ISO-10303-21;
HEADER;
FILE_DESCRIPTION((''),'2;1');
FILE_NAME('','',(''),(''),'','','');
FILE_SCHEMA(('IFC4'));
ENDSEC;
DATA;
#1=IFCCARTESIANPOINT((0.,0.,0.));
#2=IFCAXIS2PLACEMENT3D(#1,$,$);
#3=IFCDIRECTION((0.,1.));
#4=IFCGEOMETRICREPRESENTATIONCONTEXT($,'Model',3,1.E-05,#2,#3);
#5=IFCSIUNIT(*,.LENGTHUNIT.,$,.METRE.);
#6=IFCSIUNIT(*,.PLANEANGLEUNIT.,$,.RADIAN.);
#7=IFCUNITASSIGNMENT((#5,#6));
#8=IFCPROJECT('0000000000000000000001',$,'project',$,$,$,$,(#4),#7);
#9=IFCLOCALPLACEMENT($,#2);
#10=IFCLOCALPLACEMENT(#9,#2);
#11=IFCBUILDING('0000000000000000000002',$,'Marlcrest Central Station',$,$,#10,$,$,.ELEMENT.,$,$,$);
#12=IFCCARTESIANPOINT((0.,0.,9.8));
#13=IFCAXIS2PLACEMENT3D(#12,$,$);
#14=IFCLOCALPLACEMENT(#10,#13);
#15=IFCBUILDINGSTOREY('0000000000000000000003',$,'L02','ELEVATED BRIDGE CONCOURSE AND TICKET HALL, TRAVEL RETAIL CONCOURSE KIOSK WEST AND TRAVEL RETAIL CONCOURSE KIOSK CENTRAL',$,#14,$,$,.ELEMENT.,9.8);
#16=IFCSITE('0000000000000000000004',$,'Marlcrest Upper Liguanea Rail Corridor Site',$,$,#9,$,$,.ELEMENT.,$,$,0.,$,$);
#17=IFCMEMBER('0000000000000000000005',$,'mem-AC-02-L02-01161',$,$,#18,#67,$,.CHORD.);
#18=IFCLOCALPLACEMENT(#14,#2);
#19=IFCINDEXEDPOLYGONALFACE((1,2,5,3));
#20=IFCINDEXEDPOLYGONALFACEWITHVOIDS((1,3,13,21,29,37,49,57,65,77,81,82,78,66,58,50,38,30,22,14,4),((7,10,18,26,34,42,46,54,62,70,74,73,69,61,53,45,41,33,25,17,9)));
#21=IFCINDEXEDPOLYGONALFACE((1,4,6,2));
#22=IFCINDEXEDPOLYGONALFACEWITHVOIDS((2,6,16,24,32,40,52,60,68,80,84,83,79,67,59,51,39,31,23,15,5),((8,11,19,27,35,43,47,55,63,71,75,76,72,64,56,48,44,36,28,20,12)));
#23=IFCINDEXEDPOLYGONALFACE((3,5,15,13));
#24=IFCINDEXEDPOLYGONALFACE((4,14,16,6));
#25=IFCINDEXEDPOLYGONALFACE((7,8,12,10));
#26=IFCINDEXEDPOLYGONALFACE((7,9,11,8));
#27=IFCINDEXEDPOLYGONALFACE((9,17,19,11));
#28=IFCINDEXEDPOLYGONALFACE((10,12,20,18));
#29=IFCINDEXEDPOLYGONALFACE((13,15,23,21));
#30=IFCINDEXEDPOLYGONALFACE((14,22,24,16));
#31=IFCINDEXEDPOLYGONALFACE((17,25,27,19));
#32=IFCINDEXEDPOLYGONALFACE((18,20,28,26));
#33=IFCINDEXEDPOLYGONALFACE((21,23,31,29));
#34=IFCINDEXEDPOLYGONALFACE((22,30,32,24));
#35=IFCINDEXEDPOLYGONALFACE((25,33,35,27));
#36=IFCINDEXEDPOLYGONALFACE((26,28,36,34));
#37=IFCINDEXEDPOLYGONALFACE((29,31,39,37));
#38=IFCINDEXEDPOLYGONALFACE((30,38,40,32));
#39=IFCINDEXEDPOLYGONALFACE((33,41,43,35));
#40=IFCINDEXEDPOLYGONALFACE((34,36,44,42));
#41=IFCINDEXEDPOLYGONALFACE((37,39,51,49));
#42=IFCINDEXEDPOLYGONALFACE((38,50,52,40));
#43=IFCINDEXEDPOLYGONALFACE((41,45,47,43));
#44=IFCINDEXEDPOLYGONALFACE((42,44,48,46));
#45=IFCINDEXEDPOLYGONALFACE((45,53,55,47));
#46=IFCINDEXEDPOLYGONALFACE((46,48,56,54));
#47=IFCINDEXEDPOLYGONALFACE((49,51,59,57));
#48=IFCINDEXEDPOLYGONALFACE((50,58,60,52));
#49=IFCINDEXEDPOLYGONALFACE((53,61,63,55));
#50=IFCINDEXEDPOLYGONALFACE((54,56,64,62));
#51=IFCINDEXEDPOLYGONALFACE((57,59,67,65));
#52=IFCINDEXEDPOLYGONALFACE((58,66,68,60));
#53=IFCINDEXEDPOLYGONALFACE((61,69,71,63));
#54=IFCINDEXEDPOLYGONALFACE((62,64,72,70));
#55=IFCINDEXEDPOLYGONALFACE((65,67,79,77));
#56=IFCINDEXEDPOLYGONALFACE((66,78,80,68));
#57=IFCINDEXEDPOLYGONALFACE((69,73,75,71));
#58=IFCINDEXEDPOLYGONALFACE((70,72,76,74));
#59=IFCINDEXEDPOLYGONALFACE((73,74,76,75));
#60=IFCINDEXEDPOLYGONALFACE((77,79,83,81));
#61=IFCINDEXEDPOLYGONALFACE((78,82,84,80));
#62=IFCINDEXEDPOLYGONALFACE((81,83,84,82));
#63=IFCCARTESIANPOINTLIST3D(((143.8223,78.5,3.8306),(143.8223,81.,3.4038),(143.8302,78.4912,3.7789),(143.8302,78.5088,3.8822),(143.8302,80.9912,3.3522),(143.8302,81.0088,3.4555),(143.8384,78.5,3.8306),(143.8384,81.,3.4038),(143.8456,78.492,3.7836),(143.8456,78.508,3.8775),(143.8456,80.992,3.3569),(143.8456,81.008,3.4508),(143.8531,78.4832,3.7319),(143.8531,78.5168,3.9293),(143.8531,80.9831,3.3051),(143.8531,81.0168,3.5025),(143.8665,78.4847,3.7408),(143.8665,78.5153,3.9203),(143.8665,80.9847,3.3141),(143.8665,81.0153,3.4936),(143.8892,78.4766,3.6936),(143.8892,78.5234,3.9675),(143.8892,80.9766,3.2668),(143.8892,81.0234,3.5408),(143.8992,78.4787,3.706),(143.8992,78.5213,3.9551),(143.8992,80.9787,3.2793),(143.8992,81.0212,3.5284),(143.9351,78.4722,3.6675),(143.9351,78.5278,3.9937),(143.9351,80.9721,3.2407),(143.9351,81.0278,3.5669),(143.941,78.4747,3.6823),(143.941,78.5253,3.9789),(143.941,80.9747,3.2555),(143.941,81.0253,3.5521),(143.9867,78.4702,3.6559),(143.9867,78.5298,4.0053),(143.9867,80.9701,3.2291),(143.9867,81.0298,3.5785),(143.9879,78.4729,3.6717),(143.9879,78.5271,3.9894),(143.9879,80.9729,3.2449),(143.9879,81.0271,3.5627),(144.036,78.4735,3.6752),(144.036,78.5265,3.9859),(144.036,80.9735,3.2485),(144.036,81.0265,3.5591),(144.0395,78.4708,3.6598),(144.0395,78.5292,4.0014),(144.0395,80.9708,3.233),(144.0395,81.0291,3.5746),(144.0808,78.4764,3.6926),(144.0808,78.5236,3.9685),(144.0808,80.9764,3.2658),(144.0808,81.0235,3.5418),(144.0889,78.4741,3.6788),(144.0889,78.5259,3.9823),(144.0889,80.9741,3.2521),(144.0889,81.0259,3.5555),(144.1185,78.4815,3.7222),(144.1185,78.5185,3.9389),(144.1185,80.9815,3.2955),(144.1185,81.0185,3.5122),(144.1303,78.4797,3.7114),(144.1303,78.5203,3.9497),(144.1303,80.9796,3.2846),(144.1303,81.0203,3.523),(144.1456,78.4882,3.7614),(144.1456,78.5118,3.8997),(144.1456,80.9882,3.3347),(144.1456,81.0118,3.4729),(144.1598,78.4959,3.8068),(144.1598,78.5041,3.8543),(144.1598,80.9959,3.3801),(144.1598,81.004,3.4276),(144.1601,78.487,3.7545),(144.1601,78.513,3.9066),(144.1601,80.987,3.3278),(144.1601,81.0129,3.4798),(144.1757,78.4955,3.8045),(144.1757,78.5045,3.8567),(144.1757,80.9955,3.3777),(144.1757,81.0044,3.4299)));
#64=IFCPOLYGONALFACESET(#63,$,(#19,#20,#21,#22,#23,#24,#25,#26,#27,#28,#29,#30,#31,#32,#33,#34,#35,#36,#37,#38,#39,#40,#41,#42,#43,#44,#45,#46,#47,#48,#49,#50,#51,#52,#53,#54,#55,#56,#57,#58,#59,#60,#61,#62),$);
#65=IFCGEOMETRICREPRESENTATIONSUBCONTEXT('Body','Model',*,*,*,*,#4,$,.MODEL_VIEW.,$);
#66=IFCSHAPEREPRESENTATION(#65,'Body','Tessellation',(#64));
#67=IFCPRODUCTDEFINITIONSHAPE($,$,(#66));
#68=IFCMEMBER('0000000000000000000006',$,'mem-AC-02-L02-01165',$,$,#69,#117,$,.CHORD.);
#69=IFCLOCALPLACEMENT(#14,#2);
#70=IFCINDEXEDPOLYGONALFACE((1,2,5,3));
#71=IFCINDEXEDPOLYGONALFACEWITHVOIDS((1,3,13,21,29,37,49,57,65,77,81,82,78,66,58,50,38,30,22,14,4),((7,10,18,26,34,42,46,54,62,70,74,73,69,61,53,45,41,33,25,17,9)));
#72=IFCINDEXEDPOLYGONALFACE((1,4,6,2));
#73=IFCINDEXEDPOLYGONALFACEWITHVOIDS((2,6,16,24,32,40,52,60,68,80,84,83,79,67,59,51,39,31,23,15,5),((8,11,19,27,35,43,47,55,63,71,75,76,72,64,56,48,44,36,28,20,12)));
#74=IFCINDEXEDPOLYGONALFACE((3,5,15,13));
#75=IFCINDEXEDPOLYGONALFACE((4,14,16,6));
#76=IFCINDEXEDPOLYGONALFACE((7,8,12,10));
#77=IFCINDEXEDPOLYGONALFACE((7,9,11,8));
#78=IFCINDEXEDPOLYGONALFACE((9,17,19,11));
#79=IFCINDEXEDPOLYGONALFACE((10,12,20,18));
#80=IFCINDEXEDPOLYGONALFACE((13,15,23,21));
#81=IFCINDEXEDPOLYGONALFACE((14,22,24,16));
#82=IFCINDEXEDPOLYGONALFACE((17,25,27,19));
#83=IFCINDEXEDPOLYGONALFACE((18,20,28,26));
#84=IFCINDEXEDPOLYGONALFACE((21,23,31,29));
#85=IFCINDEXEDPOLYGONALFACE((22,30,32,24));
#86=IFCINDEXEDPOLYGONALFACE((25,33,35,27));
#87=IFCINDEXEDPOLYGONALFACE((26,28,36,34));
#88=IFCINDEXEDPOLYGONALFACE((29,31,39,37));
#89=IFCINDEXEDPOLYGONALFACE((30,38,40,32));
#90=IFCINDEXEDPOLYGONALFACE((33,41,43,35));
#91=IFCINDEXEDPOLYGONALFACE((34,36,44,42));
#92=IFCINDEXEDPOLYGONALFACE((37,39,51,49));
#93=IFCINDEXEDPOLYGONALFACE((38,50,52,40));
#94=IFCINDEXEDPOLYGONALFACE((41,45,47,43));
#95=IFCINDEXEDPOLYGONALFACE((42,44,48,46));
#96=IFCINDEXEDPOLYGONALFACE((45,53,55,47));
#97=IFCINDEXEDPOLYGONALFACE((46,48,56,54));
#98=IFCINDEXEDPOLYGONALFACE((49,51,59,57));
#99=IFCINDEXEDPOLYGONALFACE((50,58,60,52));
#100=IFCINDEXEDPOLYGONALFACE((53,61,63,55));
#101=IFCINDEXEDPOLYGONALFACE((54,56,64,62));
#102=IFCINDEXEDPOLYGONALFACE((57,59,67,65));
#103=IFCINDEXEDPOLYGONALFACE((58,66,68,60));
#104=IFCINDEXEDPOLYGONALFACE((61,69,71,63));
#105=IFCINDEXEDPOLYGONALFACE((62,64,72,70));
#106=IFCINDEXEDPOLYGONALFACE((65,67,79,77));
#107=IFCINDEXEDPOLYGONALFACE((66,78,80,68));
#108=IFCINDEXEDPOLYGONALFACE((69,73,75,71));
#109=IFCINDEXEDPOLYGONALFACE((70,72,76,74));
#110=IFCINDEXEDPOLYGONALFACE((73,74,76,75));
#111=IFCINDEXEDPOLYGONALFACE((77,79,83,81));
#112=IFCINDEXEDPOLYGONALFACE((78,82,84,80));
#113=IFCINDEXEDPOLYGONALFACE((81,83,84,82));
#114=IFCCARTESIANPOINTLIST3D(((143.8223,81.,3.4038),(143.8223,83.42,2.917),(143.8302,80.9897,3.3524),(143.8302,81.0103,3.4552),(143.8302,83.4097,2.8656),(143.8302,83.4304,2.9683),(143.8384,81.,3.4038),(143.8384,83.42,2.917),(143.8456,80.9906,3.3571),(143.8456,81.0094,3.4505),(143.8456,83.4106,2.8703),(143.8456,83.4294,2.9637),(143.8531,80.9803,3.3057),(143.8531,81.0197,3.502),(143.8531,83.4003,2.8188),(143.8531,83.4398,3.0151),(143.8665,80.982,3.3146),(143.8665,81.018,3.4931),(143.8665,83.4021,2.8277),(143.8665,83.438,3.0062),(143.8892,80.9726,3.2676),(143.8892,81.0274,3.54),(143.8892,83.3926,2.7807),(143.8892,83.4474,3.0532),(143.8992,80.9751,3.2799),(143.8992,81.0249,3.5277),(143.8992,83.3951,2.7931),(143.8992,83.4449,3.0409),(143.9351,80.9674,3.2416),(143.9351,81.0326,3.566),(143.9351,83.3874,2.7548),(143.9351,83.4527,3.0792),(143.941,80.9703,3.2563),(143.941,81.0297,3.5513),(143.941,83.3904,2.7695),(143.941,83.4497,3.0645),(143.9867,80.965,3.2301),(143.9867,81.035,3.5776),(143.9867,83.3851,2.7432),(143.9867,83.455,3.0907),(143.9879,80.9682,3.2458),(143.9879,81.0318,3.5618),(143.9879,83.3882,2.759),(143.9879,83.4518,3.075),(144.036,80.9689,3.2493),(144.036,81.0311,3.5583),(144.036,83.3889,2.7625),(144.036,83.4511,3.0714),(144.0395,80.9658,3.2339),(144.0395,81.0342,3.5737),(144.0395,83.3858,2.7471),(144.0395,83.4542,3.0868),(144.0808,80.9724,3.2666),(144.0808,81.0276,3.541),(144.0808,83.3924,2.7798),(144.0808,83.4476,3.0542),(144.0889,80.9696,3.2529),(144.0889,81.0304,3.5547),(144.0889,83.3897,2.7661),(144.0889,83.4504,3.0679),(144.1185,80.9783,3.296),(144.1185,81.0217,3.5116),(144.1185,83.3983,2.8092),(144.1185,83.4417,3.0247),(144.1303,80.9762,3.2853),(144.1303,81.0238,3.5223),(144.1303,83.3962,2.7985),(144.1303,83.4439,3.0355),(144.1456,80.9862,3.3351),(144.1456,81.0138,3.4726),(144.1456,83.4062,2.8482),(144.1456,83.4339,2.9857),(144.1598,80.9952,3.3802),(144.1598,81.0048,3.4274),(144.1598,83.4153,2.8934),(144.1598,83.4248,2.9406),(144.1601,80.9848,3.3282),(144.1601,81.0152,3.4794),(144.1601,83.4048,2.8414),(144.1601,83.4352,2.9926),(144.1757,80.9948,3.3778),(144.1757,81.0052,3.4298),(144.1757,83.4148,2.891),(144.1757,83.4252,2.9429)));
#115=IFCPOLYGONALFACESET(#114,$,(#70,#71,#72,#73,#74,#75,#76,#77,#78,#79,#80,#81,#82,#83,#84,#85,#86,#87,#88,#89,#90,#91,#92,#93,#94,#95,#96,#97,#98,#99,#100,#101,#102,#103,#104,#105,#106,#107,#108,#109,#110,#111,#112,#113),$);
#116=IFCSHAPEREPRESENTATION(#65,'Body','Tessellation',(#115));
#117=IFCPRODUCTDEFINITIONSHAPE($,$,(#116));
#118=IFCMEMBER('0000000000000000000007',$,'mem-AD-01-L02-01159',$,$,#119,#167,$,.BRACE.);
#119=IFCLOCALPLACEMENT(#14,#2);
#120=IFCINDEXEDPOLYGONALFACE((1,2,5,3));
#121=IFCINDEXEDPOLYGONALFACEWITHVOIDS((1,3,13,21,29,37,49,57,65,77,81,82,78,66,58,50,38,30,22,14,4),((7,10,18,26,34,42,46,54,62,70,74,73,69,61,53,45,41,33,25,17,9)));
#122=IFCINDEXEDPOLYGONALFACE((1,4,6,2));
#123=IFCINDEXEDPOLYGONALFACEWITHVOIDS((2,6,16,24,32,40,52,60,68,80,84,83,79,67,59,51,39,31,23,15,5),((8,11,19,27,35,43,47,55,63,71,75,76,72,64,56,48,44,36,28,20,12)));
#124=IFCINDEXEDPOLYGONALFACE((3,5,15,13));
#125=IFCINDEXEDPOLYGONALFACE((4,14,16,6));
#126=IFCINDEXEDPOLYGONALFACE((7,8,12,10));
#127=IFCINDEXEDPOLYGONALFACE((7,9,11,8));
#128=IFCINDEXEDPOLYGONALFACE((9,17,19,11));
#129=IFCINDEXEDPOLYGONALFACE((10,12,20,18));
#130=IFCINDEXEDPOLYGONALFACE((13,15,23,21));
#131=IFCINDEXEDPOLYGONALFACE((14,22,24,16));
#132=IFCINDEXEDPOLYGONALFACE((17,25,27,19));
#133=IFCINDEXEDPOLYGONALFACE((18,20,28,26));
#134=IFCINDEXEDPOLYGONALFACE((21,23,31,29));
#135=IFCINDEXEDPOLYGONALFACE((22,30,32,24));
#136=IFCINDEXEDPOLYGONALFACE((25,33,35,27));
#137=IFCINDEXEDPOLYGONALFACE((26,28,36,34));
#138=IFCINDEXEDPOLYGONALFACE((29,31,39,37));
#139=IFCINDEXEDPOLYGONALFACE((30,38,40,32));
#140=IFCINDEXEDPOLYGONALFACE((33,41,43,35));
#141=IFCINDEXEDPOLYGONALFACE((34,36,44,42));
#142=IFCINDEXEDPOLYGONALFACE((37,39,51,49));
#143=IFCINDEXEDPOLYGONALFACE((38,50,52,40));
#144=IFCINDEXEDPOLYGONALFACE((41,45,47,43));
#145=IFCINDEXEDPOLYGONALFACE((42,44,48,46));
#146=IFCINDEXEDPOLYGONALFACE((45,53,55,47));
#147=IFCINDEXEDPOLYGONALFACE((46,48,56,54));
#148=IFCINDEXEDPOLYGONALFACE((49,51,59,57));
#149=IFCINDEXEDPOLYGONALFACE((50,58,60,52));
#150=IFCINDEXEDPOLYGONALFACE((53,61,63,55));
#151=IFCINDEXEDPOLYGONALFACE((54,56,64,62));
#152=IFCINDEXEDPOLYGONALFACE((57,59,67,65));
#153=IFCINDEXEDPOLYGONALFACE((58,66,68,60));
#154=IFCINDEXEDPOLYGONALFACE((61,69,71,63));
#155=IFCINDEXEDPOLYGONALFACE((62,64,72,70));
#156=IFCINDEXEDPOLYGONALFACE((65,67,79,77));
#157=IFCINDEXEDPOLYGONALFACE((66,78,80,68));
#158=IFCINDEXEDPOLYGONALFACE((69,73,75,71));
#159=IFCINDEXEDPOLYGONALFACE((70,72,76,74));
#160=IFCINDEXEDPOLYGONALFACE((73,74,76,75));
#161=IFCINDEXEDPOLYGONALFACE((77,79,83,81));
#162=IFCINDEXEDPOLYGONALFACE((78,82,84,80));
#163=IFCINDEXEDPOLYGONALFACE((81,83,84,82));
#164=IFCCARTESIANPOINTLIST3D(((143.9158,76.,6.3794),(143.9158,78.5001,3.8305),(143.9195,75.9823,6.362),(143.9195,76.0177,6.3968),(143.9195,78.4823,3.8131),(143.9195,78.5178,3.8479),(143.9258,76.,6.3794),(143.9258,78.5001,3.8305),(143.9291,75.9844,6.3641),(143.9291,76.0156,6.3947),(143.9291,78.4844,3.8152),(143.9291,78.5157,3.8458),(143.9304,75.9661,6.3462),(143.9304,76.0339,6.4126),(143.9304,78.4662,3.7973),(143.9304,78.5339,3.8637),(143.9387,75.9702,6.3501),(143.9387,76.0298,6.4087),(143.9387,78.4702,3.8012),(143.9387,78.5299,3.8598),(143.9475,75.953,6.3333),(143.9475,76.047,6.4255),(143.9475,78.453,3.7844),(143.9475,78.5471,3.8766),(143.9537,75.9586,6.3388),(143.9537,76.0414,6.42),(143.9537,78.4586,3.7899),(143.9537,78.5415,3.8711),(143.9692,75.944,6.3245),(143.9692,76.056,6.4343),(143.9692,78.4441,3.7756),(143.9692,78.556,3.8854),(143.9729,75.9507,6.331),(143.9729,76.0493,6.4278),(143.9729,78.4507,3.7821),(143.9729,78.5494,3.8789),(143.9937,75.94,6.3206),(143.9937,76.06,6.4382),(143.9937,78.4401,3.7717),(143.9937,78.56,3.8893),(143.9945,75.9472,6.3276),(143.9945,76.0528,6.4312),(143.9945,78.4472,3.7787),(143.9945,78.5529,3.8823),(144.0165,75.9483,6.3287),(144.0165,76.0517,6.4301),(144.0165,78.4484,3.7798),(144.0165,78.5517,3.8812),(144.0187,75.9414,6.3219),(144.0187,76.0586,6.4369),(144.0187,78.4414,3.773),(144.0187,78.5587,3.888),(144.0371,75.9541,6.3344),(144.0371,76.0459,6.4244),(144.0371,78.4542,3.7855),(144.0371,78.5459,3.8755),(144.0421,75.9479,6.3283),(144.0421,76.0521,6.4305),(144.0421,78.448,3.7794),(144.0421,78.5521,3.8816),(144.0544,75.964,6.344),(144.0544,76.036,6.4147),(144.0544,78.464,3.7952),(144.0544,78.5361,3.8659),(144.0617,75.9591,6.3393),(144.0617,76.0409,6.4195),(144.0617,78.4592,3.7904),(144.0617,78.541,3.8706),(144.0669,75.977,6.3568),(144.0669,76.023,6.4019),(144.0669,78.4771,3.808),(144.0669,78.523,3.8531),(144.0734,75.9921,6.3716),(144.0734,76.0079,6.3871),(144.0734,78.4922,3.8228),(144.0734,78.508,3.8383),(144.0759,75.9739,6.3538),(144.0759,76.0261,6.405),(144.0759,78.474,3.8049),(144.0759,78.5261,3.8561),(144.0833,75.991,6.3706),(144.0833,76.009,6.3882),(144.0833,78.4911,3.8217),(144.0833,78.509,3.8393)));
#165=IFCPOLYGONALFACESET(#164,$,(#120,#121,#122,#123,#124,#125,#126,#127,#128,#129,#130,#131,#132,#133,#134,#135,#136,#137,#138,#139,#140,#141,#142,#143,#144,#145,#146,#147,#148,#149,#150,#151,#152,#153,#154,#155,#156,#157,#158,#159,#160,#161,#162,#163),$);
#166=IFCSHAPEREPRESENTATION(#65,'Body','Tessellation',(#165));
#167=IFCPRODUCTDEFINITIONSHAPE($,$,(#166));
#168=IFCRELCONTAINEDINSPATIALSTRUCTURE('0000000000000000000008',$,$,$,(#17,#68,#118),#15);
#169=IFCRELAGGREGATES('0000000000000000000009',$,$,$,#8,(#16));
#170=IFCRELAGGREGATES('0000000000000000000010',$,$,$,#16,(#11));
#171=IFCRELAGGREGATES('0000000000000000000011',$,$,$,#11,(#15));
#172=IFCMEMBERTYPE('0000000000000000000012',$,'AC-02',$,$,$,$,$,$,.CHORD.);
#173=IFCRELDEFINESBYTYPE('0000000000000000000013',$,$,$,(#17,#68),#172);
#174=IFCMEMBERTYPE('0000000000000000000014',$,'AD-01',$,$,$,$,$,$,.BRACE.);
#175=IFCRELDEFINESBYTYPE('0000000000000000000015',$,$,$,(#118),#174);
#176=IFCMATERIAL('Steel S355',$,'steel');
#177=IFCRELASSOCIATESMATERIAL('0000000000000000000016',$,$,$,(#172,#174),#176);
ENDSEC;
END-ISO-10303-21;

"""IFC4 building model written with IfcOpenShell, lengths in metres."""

from ifc_helpers import new_model, si_unit, direction, frame, origin, origin_2d, place, context, subcontext, project, spatial, hollow_circle, extrude, material, material_profile, profile_set, type_object, element, save


model = new_model("IFC4")

# Units and contexts
model_context = context("Model", 3, precision=1e-05, world=origin(), true_north=direction((0.0, 1.0)))
body_context = subcontext(model_context, "Body", "Model", "MODEL_VIEW")
ifc_project = project(units=[si_unit("LENGTHUNIT", "METRE"), si_unit("PLANEANGLEUNIT", "RADIAN")], contexts=[model_context])

# Site, building, storey
site_placement = place(None, origin())
site = spatial("IfcSite", under=ifc_project, at=site_placement, Name="Marlcrest Upper Liguanea Rail Corridor Site", CompositionType="ELEMENT", RefElevation=0.0)
building_placement = place(site_placement, origin())
building = spatial("IfcBuilding", under=site, at=building_placement, Name="Marlcrest Central Station", CompositionType="ELEMENT")
storey_placement = place(building_placement, frame((0.0, 0.0, 9.8)))
storey = spatial("IfcBuildingStorey", under=building, at=storey_placement, Name="L02", Description="ELEVATED BRIDGE CONCOURSE AND TICKET HALL, TRAVEL RETAIL CONCOURSE KIOSK WEST AND TRAVEL RETAIL CONCOURSE KIOSK CENTRAL", CompositionType="ELEMENT", Elevation=9.8)

# Members
ifc_material_1 = material(Name="Steel S355", Category="steel")
ifc_material_profile_1 = material_profile(ifc_material_1, hollow_circle(Radius=0.1777, WallThickness=0.0161, at=origin_2d()), Name="CHS 355.6x16")
ifc_profile_set_1 = profile_set([ifc_material_profile_1], Name="Steel S355")
member_type_1 = type_object("IfcMemberType", Name="AC-02", PredefinedType="CHORD", material=ifc_profile_set_1)
member_1_placement = place(storey_placement, frame((144.0, 78.5, 3.8306), z_axis=(0.0, 0.985741, -0.168269), x_axis=(-1.0, 0.0, 0.0)))
element("IfcMember", 1, at=member_1_placement, inside=storey, type_object=member_type_1, Name="mem-AC-02-L02-01161", PredefinedType="CHORD", context=body_context, shape_type="SweptSolid", body=[
    extrude(hollow_circle(Radius=0.1777, WallThickness=0.0161, at=origin_2d()), origin(), (0.0, 0.0, 1.0), 2.5361),
])
member_2_placement = place(storey_placement, frame((144.0, 81.0, 3.4038), z_axis=(0.0, 0.980359, -0.197219), x_axis=(-1.0, 0.0, 0.0)))
element("IfcMember", 2, at=member_2_placement, inside=storey, type_object=member_type_1, Name="mem-AC-02-L02-01165", PredefinedType="CHORD", context=body_context, shape_type="SweptSolid", body=[
    extrude(hollow_circle(Radius=0.1777, WallThickness=0.0161, at=origin_2d()), origin(), (0.0, 0.0, 1.0), 2.4685),
])
ifc_material_profile_2 = material_profile(ifc_material_1, hollow_circle(Radius=0.0842, WallThickness=0.01, at=origin_2d()), Name="CHS 168.3x10")
ifc_profile_set_2 = profile_set([ifc_material_profile_2], Name="Steel S355")
member_type_2 = type_object("IfcMemberType", Name="AD-01", PredefinedType="BRACE", material=ifc_profile_set_2)
member_3_placement = place(storey_placement, frame((144.0, 76.0, 6.3794), z_axis=(0.0, 0.700235, -0.713912), x_axis=(-1.0, 0.0, 0.0)))
element("IfcMember", 3, at=member_3_placement, inside=storey, type_object=member_type_2, Name="mem-AD-01-L02-01159", PredefinedType="BRACE", context=body_context, shape_type="SweptSolid", body=[
    extrude(hollow_circle(Radius=0.0842, WallThickness=0.01, at=origin_2d()), origin(), (0.0, 0.0, 1.0), 3.5703),
])

save(model, "model.ifc")
